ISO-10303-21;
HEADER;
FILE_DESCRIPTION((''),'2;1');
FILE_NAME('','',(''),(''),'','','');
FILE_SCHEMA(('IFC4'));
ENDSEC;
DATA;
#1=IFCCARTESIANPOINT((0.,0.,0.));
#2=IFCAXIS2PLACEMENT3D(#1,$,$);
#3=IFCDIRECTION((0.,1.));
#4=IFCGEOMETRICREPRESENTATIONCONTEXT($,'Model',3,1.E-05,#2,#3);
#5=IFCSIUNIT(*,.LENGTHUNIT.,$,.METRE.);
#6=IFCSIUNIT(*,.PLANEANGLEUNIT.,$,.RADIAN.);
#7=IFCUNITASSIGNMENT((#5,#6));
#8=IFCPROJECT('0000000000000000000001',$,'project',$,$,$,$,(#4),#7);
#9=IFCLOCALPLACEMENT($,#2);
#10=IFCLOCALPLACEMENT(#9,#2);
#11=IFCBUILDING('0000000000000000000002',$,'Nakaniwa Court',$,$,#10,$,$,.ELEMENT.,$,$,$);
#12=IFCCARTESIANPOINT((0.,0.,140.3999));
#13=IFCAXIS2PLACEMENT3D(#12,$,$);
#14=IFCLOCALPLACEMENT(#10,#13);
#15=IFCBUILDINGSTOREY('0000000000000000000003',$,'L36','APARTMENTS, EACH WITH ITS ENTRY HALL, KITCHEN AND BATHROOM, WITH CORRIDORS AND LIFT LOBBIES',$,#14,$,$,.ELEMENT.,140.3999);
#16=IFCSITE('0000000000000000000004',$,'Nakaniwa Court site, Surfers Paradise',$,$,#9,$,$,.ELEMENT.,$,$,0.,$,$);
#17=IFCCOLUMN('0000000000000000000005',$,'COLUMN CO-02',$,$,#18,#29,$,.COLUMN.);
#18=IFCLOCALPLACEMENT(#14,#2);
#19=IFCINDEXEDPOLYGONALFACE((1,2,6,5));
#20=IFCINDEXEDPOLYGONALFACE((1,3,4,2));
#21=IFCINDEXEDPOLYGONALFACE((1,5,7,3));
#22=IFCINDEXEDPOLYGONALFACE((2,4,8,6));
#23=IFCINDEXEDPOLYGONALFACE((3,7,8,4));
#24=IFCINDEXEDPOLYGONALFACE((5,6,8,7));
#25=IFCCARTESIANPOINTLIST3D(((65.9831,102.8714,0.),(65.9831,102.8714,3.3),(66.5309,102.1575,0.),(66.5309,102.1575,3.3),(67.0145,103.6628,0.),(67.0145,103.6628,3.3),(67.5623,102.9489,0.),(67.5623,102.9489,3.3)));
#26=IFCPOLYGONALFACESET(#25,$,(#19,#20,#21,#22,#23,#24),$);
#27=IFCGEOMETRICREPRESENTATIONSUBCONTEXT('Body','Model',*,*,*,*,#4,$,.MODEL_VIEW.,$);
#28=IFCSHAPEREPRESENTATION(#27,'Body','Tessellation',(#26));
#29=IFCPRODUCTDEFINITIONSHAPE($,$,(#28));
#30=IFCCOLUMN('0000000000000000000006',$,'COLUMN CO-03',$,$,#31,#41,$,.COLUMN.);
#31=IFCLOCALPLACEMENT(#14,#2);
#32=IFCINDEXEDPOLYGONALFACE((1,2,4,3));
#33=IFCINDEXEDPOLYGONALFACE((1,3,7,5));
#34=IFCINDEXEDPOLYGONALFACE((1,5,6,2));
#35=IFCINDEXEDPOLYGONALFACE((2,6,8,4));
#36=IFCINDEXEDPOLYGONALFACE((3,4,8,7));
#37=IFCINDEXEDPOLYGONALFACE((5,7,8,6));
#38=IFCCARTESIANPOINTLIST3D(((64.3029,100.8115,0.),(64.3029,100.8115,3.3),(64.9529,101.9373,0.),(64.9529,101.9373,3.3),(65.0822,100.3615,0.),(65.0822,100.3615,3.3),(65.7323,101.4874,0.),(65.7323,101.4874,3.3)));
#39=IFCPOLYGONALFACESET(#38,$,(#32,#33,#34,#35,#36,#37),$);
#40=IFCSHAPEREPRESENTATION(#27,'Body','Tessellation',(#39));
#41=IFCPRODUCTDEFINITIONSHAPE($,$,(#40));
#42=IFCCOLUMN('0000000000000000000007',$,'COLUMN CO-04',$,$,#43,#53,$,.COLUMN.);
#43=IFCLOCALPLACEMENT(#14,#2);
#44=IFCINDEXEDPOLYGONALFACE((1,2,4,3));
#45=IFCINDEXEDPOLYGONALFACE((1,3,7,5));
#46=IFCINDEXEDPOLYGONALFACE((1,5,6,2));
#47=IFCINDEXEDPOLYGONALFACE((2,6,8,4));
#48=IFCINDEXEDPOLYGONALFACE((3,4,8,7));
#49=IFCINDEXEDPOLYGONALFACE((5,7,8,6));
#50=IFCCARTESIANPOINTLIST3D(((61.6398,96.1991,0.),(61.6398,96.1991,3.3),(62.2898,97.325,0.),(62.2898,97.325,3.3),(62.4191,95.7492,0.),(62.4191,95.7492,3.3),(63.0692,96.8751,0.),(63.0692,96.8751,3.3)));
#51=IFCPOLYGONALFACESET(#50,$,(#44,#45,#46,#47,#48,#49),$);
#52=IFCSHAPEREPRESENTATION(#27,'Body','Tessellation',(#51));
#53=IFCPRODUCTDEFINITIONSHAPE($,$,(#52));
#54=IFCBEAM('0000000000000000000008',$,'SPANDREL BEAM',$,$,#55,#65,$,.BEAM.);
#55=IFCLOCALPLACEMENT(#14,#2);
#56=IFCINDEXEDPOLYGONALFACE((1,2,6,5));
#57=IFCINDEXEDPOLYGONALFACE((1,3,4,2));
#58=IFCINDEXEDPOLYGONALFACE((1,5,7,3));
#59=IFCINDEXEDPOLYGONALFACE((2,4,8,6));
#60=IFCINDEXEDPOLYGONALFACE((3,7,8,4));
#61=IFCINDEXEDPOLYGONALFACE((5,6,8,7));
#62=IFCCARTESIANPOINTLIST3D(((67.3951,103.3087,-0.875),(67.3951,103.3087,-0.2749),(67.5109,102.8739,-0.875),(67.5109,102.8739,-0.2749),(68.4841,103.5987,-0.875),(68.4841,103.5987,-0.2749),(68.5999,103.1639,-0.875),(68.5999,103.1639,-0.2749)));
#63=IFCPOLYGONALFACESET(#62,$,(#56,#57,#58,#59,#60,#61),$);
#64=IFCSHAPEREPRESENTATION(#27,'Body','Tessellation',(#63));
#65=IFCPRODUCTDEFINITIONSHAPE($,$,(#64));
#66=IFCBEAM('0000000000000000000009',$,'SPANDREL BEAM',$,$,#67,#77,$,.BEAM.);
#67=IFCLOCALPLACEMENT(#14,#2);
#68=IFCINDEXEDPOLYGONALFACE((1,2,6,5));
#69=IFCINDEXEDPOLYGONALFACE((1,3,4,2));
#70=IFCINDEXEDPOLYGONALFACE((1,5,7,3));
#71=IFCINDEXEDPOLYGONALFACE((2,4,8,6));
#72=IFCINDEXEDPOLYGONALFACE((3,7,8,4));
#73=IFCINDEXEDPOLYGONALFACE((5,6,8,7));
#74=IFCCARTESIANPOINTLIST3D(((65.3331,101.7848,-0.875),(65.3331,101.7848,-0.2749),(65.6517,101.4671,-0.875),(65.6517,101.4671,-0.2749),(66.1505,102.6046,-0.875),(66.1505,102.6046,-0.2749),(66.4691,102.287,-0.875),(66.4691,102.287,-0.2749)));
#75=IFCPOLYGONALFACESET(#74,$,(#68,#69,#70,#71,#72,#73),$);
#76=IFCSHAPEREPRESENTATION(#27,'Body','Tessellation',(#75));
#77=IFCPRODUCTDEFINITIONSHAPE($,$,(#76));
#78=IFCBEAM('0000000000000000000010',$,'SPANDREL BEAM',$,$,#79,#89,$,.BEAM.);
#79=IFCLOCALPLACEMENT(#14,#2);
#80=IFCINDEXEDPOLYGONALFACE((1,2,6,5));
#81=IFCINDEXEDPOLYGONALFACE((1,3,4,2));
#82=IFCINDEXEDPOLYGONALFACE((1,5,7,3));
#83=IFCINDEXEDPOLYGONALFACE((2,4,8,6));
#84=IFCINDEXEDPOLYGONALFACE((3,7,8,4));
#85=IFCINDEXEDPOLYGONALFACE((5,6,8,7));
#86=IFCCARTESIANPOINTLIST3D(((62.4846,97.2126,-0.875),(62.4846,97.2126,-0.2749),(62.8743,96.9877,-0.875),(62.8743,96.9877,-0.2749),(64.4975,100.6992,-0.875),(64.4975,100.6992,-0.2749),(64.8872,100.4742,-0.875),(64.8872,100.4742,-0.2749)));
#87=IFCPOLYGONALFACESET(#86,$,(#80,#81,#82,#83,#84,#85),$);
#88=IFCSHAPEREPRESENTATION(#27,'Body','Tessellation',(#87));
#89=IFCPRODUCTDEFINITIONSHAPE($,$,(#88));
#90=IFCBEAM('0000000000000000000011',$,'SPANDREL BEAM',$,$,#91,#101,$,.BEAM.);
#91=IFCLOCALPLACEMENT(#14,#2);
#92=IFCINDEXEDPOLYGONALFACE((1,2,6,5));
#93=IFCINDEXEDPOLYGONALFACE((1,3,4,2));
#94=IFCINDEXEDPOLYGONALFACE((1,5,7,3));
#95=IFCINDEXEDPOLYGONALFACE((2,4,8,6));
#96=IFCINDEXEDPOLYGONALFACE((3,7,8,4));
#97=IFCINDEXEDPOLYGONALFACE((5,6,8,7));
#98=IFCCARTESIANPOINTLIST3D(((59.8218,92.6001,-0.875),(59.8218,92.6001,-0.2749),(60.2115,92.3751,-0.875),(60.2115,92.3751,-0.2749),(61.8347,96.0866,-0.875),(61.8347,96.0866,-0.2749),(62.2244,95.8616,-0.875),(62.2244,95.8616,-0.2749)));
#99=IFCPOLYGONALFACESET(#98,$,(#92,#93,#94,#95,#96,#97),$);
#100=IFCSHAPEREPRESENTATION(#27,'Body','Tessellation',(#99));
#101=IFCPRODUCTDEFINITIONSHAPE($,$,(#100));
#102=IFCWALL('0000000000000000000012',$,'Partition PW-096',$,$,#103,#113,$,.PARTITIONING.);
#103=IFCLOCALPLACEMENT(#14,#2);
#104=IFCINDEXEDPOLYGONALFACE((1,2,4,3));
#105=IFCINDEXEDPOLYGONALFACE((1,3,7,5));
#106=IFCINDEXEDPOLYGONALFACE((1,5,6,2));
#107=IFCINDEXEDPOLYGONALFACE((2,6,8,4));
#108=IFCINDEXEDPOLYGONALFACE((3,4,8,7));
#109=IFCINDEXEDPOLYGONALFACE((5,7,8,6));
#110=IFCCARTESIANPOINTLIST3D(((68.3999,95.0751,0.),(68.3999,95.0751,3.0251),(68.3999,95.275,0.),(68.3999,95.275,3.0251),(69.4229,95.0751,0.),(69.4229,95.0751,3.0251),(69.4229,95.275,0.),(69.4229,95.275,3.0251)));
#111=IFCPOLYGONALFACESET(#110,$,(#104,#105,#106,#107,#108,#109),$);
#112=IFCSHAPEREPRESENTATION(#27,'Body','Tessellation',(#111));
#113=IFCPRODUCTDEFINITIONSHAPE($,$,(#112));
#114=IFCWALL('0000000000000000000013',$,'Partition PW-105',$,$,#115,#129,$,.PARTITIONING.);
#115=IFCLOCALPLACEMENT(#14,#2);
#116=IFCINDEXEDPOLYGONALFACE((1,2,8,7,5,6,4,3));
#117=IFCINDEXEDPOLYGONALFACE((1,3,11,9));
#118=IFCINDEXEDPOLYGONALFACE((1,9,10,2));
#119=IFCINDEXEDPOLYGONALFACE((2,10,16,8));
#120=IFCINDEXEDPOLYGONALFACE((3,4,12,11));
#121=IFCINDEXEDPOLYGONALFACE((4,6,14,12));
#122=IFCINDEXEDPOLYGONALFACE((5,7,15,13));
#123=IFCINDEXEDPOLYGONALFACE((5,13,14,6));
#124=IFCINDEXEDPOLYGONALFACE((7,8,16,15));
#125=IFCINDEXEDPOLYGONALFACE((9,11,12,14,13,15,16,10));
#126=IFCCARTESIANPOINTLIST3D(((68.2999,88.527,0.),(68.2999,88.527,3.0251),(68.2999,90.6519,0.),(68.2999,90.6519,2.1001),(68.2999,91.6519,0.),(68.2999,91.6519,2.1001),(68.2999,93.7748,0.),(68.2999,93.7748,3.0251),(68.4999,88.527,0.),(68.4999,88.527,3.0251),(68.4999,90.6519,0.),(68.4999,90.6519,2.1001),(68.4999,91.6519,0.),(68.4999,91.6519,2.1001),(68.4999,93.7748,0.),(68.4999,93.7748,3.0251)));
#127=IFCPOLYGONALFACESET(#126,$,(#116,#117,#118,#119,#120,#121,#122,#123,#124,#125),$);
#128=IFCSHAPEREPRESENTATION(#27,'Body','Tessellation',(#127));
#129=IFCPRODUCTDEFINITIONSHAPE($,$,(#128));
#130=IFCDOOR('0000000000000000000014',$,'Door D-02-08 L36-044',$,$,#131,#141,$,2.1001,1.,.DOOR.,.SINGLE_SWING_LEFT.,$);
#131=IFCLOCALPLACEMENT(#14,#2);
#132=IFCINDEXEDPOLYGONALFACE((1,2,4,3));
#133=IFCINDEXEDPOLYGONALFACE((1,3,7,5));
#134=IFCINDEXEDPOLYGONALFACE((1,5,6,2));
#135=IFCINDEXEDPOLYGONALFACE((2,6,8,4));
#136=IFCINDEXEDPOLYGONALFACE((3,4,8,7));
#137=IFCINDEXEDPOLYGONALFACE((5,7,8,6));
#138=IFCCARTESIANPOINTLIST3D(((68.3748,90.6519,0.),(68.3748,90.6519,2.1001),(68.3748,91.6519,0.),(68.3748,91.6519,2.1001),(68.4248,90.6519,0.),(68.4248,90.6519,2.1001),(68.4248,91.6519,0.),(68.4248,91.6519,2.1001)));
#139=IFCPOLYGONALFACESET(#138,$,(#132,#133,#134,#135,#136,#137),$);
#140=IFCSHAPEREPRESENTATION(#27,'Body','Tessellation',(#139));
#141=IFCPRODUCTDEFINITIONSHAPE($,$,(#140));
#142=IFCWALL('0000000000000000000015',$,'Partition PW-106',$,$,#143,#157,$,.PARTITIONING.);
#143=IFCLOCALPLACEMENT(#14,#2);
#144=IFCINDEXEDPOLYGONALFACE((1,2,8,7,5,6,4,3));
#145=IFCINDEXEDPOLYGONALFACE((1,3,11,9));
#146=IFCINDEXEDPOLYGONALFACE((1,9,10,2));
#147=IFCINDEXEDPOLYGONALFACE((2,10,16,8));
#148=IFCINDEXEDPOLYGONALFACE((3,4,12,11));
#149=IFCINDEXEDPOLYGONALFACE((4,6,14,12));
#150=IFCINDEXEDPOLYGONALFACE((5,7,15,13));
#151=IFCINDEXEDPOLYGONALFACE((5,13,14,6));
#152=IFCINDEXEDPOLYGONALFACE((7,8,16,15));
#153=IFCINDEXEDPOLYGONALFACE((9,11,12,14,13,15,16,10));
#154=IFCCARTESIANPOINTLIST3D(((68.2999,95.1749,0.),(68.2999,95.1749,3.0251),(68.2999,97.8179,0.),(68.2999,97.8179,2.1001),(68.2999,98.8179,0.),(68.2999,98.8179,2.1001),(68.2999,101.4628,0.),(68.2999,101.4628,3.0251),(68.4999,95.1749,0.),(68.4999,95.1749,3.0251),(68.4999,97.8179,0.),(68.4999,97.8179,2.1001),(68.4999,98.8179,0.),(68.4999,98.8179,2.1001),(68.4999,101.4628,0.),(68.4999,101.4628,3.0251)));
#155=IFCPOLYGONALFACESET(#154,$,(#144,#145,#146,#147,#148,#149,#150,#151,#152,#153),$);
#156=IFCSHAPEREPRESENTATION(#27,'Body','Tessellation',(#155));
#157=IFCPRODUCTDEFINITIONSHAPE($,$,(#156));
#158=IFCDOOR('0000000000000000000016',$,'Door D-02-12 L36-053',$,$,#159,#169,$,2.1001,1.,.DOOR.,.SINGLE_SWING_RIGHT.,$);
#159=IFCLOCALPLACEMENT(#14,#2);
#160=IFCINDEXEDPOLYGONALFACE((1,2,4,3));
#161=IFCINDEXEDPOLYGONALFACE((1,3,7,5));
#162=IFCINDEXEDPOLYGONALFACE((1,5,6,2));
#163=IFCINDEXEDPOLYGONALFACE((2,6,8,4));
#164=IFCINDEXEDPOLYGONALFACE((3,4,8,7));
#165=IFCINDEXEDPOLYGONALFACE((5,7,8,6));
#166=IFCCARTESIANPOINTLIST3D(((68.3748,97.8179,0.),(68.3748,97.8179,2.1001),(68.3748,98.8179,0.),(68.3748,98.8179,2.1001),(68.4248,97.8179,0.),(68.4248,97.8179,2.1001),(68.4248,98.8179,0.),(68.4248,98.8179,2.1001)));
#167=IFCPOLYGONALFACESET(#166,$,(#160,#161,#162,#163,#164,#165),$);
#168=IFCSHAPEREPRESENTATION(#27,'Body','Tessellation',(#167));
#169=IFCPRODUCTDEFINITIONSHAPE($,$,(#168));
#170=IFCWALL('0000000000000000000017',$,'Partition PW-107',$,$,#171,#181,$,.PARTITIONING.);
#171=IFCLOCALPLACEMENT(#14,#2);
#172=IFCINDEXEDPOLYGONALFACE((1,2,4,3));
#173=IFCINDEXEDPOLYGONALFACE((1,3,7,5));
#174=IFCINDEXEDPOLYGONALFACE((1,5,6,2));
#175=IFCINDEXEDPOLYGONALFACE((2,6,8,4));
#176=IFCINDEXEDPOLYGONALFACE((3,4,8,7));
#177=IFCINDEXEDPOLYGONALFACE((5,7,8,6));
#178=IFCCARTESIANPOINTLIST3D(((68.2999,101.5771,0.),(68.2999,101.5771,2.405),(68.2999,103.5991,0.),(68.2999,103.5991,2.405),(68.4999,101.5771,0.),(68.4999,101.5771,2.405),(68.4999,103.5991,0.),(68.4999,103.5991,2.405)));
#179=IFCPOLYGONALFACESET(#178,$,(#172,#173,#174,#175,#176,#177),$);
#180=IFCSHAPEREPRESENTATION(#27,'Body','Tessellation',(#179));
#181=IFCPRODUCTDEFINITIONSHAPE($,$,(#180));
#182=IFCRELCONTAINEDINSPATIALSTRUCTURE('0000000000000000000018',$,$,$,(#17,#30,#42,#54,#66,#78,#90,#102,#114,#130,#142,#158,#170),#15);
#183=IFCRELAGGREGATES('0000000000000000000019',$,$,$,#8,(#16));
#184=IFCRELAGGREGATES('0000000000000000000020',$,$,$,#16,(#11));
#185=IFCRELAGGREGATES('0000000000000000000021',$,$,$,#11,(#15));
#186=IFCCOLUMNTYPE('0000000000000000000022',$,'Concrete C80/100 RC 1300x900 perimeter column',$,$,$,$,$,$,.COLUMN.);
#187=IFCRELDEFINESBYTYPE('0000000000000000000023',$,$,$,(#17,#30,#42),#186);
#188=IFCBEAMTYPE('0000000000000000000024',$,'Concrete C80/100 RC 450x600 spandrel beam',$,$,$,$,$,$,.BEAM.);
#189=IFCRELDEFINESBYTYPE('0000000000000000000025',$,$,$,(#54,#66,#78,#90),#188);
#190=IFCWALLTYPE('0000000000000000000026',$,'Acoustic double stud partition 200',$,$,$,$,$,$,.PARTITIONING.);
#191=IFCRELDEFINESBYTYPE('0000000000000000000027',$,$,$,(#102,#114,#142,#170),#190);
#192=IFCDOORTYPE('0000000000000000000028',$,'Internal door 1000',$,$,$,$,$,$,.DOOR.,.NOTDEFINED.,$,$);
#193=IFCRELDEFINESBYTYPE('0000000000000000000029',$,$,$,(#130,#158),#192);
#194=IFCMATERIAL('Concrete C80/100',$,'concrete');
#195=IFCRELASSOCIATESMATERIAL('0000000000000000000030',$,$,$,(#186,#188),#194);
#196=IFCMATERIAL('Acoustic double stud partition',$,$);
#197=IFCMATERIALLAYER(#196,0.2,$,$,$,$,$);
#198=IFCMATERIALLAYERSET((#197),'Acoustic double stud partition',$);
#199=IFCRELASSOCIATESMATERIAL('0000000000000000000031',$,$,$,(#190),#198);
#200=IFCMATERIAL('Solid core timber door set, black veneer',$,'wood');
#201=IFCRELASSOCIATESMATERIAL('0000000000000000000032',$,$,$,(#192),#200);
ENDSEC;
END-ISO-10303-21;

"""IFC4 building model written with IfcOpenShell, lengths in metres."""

from ifc_helpers import new_model, si_unit, direction, frame, frame_2d, origin, origin_2d, place, context, subcontext, project, spatial, rectangle, extrude, material, layer, layer_set, material_profile, profile_set, type_object, element, fill, save


model = new_model("IFC4")

# Units and contexts
model_context = context("Model", 3, precision=1e-05, world=origin(), true_north=direction((0.0, 1.0)))
body_context = subcontext(model_context, "Body", "Model", "MODEL_VIEW")
ifc_project = project(units=[si_unit("LENGTHUNIT", "METRE"), si_unit("PLANEANGLEUNIT", "RADIAN")], contexts=[model_context])

# Site, building, storey
site_placement = place(None, origin())
site = spatial("IfcSite", under=ifc_project, at=site_placement, Name="Nakaniwa Court site, Surfers Paradise", CompositionType="ELEMENT", RefElevation=0.0)
building_placement = place(site_placement, origin())
building = spatial("IfcBuilding", under=site, at=building_placement, Name="Nakaniwa Court", CompositionType="ELEMENT")
storey_placement = place(building_placement, frame((0.0, 0.0, 140.3999)))
storey = spatial("IfcBuildingStorey", under=building, at=storey_placement, Name="L36", Description="APARTMENTS, EACH WITH ITS ENTRY HALL, KITCHEN AND BATHROOM, WITH CORRIDORS AND LIFT LOBBIES", CompositionType="ELEMENT", Elevation=140.3999)

# Columns
ifc_material_1 = material(Name="Concrete C80/100", Category="concrete")
ifc_material_profile_1 = material_profile(ifc_material_1, rectangle(XDim=1.3, YDim=0.8999, at=origin_2d()), Name="Concrete C80/100 RC 1300x900 perimeter column")
ifc_profile_set_1 = profile_set([ifc_material_profile_1], Name="Concrete C80/100")
column_type = type_object("IfcColumnType", Name="Concrete C80/100 RC 1300x900 perimeter column", PredefinedType="COLUMN", material=ifc_profile_set_1)
for number, where, z_axis, x_axis, name in (
    (1, (66.7727, 102.9102, 0.0), (0.0, 0.0, 1.0), (-0.793364, -0.608748, 0.0), "COLUMN CO-02"),
    (2, (65.0176, 101.1494, 0.0), (0.0, 0.0, 1.0), (-0.5, -0.866025, 0.0), "COLUMN CO-03"),
    (3, (62.3545, 96.5371, 0.0), (0.0, 0.0, 1.0), (-0.5, -0.866025, 0.0), "COLUMN CO-04"),
):
    element("IfcColumn", number, at=place(storey_placement, frame(where, z_axis=z_axis, x_axis=x_axis)), inside=storey, type_object=column_type, Name=name, PredefinedType="COLUMN", context=body_context, shape_type="SweptSolid", body=[
        extrude(rectangle(XDim=1.3, YDim=0.8999, at=origin_2d()), origin(), (0.0, 0.0, 1.0), 3.3),
    ])

# Beams
ifc_material_profile_2 = material_profile(ifc_material_1, rectangle(XDim=0.45, YDim=0.6001, at=origin_2d()), Name="Concrete C80/100 RC 450x600 spandrel beam")
ifc_profile_set_2 = profile_set([ifc_material_profile_2], Name="Concrete C80/100")
beam_type = type_object("IfcBeamType", Name="Concrete C80/100 RC 450x600 spandrel beam", PredefinedType="BEAM", material=ifc_profile_set_2)
beam_1_placement = place(storey_placement, frame((68.542, 103.3813, -0.575), z_axis=(-0.966321, -0.257339, 0.0), x_axis=(0.257339, -0.966321, 0.0)))
element("IfcBeam", 4, at=beam_1_placement, inside=storey, type_object=beam_type, Name="SPANDREL BEAM", PredefinedType="BEAM", context=body_context, shape_type="SweptSolid", body=[
    extrude(rectangle(XDim=0.45, YDim=0.6001, at=origin_2d()), origin(), (0.0, 0.0, 1.0), 1.127),
])
beam_2_placement = place(storey_placement, frame((66.3098, 102.4458, -0.575), z_axis=(-0.706052, -0.70816, 0.0), x_axis=(0.70816, -0.706052, 0.0)))
element("IfcBeam", 5, at=beam_2_placement, inside=storey, type_object=beam_type, Name="SPANDREL BEAM", PredefinedType="BEAM", context=body_context, shape_type="SweptSolid", body=[
    extrude(rectangle(XDim=0.45, YDim=0.6001, at=origin_2d()), origin(), (0.0, 0.0, 1.0), 1.1577),
])
for number, where, z_axis, x_axis, name in (
    (6, (64.6924, 100.5867, -0.575), (-0.499994, -0.866029, 0.0), (0.866029, -0.499994, 0.0), "SPANDREL BEAM"),
    (7, (62.0295, 95.9741, -0.575), (-0.499994, -0.866029, 0.0), (0.866029, -0.499994, 0.0), "SPANDREL BEAM"),
):
    element("IfcBeam", number, at=place(storey_placement, frame(where, z_axis=z_axis, x_axis=x_axis)), inside=storey, type_object=beam_type, Name=name, PredefinedType="BEAM", context=body_context, shape_type="SweptSolid", body=[
        extrude(rectangle(XDim=0.45, YDim=0.6001, at=origin_2d()), origin(), (0.0, 0.0, 1.0), 4.0259),
    ])

# Wall
ifc_material_2 = material(Name="Acoustic double stud partition")
ifc_layer_1 = layer(ifc_material_2, 0.2)
ifc_layer_set_1 = layer_set([ifc_layer_1], Name="Acoustic double stud partition")
wall_type_1 = type_object("IfcWallType", Name="Acoustic double stud partition 200", PredefinedType="PARTITIONING", material=ifc_layer_set_1)
wall_1_placement = place(storey_placement, frame((68.3999, 95.175, 0.0), z_axis=(0.0, 0.0, 1.0), x_axis=(1.0, 0.0, 0.0)))
element("IfcWall", 8, at=wall_1_placement, inside=storey, type_object=wall_type_1, Name="Partition PW-096", PredefinedType="PARTITIONING", context=body_context, shape_type="SweptSolid", body=[
    extrude(rectangle(XDim=1.0229, YDim=0.2, at=frame_2d((0.5115, 0.0))), origin(), (0.0, 0.0, 1.0), 3.0251),
])

# Walls, openings, doors
wall_2_placement = place(storey_placement, frame((68.3999, 93.7749, 0.0), z_axis=(0.0, 0.0, 1.0), x_axis=(0.0, -1.0, 0.0)))
wall_2 = element("IfcWall", 9, at=wall_2_placement, inside=storey, type_object=wall_type_1, Name="Partition PW-105", PredefinedType="PARTITIONING", context=body_context, shape_type="SweptSolid", body=[
    extrude(rectangle(XDim=5.2478, YDim=0.2, at=frame_2d((2.624, 0.0))), origin(), (0.0, 0.0, 1.0), 3.0251),
])
opening_1_placement = place(wall_2_placement, frame((2.123, 0.0, 0.0)))
opening_1 = element("IfcOpeningElement", 10, at=opening_1_placement, cuts=wall_2, PredefinedType="OPENING", context=body_context, shape_type="SweptSolid", body=[
    extrude(rectangle(XDim=1.0, YDim=2.1001, at=frame_2d((0.5, 1.05))), frame((0.0, 0.1099, 0.0), z_axis=(0.0, -1.0, 0.0), x_axis=(1.0, 0.0, 0.0)), (0.0, 0.0, 1.0), 0.22),
])
ifc_material_3 = material(Name="Solid core timber door set, black veneer", Category="wood")
door_type_1 = type_object("IfcDoorType", Name="Internal door 1000", OperationType="NOTDEFINED", PredefinedType="DOOR", material=ifc_material_3)
door_1_placement = place(opening_1_placement, origin())
door_1 = element("IfcDoor", 11, at=door_1_placement, inside=storey, type_object=door_type_1, Name="Door D-02-08 L36-044", OperationType="SINGLE_SWING_LEFT", OverallHeight=2.1001, OverallWidth=1.0, PredefinedType="DOOR", context=body_context, shape_type="SweptSolid", body=[
    extrude(rectangle(XDim=1.0, YDim=2.1001, at=frame_2d((0.5, 1.05))), frame((0.0, 0.0249, 0.0), z_axis=(0.0, -1.0, 0.0), x_axis=(1.0, 0.0, 0.0)), (0.0, 0.0, 1.0), 0.05),
])
fill(opening_1, door_1)
wall_3_placement = place(storey_placement, frame((68.3999, 101.4629, 0.0), z_axis=(0.0, 0.0, 1.0), x_axis=(0.0, -1.0, 0.0)))
wall_3 = element("IfcWall", 12, at=wall_3_placement, inside=storey, type_object=wall_type_1, Name="Partition PW-106", PredefinedType="PARTITIONING", context=body_context, shape_type="SweptSolid", body=[
    extrude(rectangle(XDim=6.2878, YDim=0.2, at=frame_2d((3.144, 0.0))), origin(), (0.0, 0.0, 1.0), 3.0251),
])
opening_2_placement = place(wall_3_placement, frame((2.645, 0.0, 0.0)))
opening_2 = element("IfcOpeningElement", 13, at=opening_2_placement, cuts=wall_3, PredefinedType="OPENING", context=body_context, shape_type="SweptSolid", body=[
    extrude(rectangle(XDim=1.0, YDim=2.1001, at=frame_2d((0.5, 1.05))), frame((0.0, 0.1099, 0.0), z_axis=(0.0, -1.0, 0.0), x_axis=(1.0, 0.0, 0.0)), (0.0, 0.0, 1.0), 0.22),
])
door_2_placement = place(opening_2_placement, origin())
door_2 = element("IfcDoor", 14, at=door_2_placement, inside=storey, type_object=door_type_1, Name="Door D-02-12 L36-053", OperationType="SINGLE_SWING_RIGHT", OverallHeight=2.1001, OverallWidth=1.0, PredefinedType="DOOR", context=body_context, shape_type="SweptSolid", body=[
    extrude(rectangle(XDim=1.0, YDim=2.1001, at=frame_2d((0.5, 1.05))), frame((0.0, 0.0249, 0.0), z_axis=(0.0, -1.0, 0.0), x_axis=(1.0, 0.0, 0.0)), (0.0, 0.0, 1.0), 0.05),
])
fill(opening_2, door_2)

# Wall
wall_4_placement = place(storey_placement, frame((68.3999, 101.5771, 0.0), z_axis=(0.0, 0.0, 1.0), x_axis=(0.0, 1.0, 0.0)))
element("IfcWall", 15, at=wall_4_placement, inside=storey, type_object=wall_type_1, Name="Partition PW-107", PredefinedType="PARTITIONING", context=body_context, shape_type="SweptSolid", body=[
    extrude(rectangle(XDim=2.022, YDim=0.2, at=frame_2d((1.011, 0.0))), origin(), (0.0, 0.0, 1.0), 2.405),
])

save(model, "model.ifc")
